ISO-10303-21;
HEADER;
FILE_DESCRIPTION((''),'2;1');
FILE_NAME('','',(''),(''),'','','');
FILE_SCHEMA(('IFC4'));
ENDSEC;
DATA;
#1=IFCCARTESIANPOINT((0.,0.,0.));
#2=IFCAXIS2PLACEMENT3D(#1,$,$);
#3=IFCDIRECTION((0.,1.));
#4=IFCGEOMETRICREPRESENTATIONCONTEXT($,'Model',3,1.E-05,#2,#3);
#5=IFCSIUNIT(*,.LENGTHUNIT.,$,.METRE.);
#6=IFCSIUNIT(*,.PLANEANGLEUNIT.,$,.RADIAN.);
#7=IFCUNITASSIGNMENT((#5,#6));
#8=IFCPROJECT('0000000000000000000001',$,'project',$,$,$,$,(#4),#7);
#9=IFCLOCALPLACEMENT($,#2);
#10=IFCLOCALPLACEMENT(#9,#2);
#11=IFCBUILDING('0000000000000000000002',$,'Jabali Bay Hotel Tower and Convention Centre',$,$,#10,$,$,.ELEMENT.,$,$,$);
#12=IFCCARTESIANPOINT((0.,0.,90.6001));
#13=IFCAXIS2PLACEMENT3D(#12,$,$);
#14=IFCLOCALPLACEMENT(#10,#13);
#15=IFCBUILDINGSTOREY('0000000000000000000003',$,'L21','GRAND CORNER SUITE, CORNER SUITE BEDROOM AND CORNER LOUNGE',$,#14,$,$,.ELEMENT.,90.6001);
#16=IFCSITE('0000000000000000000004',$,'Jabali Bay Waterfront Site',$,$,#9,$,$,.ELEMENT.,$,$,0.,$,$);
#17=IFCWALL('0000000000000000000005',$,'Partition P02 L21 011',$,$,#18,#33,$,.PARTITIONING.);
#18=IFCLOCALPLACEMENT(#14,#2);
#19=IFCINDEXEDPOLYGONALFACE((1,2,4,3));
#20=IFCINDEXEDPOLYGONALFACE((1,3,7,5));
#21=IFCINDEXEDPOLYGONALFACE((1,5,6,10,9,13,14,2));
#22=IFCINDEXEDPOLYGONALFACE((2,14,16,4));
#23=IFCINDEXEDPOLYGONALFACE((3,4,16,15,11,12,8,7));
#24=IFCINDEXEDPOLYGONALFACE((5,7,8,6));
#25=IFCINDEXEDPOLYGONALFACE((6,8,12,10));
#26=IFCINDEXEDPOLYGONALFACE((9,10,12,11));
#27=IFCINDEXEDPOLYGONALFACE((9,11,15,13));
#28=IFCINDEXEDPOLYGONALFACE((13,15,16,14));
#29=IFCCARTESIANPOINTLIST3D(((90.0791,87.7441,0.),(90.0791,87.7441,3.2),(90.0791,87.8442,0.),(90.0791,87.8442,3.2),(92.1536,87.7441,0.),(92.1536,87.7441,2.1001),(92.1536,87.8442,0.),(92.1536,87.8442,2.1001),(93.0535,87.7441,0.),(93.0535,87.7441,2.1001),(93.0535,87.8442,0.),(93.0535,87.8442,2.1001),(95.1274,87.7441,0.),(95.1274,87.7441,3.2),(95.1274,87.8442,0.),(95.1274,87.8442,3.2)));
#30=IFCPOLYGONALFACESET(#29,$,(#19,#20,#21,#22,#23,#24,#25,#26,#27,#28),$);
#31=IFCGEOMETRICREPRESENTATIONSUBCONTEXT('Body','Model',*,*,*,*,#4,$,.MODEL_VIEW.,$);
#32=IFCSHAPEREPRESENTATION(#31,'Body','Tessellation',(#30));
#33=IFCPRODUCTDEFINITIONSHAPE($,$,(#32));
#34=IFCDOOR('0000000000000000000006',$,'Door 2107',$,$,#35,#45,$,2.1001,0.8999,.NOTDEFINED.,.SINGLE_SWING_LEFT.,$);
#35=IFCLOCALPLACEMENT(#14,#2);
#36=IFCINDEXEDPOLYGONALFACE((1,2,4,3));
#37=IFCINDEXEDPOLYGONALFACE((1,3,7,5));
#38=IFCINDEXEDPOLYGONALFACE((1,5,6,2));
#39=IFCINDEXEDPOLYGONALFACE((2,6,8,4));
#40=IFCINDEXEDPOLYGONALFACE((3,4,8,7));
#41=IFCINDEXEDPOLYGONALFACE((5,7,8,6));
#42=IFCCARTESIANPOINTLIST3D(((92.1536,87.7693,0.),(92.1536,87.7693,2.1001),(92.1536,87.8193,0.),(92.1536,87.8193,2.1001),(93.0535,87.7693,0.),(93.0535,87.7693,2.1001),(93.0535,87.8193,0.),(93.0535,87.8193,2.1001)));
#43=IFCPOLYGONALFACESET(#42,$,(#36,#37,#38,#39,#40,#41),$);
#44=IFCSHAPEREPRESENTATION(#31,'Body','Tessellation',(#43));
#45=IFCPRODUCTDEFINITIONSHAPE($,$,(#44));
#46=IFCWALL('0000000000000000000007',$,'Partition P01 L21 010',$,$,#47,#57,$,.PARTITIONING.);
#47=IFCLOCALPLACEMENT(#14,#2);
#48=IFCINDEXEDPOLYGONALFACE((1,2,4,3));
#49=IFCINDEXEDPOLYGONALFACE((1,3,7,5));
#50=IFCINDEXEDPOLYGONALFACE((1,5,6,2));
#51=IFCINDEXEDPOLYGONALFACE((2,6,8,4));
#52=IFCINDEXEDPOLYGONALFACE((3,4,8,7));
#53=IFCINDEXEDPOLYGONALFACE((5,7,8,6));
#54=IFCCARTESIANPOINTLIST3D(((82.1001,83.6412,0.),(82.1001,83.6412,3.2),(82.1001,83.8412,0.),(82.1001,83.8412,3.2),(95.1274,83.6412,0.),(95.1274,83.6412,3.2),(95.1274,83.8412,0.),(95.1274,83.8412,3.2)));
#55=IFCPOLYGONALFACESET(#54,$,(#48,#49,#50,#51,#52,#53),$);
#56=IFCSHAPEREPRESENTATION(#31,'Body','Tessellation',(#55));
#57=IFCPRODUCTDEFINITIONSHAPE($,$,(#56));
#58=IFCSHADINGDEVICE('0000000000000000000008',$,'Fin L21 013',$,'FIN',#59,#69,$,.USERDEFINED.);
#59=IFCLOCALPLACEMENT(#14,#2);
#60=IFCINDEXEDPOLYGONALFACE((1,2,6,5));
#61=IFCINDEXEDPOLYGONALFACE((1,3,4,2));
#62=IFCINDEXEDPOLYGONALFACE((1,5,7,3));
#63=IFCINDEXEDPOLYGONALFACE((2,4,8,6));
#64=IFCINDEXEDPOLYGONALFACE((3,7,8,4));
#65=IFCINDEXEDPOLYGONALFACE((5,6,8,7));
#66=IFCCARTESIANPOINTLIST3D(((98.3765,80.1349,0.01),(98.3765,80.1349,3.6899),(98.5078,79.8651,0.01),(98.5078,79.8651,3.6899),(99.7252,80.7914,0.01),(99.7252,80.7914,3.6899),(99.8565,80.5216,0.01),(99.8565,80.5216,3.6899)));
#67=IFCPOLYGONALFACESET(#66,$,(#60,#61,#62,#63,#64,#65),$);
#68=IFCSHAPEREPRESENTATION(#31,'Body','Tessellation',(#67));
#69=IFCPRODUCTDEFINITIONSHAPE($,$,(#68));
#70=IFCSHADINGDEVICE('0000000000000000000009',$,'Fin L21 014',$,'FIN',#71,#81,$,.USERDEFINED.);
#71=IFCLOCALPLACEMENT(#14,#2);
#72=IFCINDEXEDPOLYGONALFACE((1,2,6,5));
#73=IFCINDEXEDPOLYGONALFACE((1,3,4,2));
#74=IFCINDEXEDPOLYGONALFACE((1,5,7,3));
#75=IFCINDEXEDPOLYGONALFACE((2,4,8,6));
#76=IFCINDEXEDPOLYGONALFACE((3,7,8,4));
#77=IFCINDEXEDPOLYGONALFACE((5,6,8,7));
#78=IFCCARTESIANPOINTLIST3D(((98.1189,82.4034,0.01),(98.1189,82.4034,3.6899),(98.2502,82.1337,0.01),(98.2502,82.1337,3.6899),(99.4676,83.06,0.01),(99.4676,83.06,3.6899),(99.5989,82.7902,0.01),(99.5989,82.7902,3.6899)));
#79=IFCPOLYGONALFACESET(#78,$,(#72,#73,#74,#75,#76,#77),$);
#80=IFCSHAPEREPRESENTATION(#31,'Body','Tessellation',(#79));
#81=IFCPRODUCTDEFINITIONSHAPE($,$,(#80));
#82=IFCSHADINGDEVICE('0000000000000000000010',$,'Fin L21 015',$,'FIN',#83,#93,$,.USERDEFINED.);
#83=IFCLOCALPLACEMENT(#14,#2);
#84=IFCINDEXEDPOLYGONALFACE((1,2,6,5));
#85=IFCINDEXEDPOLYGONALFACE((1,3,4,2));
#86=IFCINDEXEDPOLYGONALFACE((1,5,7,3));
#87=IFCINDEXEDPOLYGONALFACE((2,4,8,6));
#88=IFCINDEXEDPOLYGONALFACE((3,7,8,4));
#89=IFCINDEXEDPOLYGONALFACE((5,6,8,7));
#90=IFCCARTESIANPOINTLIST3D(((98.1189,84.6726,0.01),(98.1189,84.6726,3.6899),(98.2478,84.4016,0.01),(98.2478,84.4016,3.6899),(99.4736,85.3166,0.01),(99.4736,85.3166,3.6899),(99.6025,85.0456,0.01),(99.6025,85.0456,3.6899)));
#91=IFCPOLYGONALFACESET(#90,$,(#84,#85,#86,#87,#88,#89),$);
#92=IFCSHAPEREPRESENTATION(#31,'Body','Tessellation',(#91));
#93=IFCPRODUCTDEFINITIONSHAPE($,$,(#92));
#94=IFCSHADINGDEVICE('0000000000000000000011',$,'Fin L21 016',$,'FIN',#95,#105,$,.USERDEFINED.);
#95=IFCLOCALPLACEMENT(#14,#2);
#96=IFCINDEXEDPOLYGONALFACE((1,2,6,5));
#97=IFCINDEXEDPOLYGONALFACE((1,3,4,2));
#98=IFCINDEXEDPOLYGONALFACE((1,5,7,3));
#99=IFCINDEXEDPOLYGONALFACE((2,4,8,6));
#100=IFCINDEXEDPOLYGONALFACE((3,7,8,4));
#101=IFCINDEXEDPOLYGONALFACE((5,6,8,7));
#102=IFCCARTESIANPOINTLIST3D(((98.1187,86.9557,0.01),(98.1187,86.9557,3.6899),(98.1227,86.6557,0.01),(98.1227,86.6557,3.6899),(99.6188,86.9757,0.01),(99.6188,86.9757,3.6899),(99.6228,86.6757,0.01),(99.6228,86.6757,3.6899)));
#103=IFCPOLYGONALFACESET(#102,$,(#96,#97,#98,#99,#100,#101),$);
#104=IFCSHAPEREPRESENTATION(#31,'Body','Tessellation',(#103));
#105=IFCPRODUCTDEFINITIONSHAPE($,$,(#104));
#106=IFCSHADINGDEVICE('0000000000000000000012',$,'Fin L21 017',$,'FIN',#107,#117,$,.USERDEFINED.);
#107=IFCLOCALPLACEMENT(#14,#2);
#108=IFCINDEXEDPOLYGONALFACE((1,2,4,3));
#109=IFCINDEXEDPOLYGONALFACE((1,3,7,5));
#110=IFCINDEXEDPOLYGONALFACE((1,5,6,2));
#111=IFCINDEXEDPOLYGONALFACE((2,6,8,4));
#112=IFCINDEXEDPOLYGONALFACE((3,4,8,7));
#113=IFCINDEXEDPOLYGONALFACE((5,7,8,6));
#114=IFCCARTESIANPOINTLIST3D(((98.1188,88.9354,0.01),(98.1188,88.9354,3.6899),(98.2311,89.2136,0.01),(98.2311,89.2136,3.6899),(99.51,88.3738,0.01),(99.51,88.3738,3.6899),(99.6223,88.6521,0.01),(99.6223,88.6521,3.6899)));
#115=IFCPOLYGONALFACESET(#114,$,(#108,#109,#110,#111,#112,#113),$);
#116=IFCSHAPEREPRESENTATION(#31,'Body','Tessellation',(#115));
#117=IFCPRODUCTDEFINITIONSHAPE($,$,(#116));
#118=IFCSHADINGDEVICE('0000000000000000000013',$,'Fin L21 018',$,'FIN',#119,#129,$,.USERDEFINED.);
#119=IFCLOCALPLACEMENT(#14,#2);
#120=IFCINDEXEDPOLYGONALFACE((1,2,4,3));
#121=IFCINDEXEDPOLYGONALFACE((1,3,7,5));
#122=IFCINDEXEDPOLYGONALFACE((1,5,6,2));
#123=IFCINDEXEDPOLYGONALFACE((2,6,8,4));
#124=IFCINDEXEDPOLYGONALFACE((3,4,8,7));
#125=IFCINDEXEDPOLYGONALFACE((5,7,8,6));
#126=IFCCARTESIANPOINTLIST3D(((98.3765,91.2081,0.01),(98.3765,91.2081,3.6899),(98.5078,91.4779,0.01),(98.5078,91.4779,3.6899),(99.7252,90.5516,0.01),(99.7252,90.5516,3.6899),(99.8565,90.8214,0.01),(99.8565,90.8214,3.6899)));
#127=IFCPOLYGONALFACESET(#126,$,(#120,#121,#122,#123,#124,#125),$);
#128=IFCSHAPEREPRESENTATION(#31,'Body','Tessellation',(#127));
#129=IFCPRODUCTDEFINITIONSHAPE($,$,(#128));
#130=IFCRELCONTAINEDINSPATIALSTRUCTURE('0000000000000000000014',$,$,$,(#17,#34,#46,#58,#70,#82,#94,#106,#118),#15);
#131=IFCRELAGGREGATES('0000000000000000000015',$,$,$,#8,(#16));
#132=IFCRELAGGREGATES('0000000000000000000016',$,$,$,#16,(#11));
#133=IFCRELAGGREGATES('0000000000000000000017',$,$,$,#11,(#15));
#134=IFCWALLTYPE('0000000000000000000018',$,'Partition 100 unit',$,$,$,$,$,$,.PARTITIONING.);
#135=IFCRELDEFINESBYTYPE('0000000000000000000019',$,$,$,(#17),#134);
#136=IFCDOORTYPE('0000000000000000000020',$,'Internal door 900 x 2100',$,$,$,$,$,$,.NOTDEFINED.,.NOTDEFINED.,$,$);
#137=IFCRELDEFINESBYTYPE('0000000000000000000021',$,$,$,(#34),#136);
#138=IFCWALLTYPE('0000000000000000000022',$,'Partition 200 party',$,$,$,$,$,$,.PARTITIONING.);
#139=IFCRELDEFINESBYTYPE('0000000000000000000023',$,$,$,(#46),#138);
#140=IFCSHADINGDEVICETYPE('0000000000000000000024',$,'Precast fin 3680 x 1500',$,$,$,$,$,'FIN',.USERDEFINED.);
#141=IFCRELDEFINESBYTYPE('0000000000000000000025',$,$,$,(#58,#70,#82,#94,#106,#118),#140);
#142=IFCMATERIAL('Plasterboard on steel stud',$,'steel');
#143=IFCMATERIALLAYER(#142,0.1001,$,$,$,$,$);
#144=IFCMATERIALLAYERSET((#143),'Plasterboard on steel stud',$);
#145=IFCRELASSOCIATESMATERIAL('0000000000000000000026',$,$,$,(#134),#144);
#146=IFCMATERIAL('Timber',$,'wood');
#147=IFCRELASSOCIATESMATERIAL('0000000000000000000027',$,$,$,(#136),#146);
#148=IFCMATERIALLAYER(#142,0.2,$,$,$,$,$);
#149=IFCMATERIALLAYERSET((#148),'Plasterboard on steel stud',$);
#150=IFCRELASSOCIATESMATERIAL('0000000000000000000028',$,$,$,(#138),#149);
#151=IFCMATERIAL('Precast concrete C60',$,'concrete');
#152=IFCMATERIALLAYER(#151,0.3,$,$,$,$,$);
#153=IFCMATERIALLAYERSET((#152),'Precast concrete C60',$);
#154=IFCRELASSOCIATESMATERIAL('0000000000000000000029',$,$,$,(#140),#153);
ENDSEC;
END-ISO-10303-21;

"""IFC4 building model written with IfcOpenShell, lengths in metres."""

from ifc_helpers import new_model, si_unit, direction, frame, frame_2d, origin, place, context, subcontext, project, spatial, rectangle, extrude, material, layer, layer_set, type_object, element, fill, save


model = new_model("IFC4")

# Units and contexts
model_context = context("Model", 3, precision=1e-05, world=origin(), true_north=direction((0.0, 1.0)))
body_context = subcontext(model_context, "Body", "Model", "MODEL_VIEW")
ifc_project = project(units=[si_unit("LENGTHUNIT", "METRE"), si_unit("PLANEANGLEUNIT", "RADIAN")], contexts=[model_context])

# Site, building, storey
site_placement = place(None, origin())
site = spatial("IfcSite", under=ifc_project, at=site_placement, Name="Jabali Bay Waterfront Site", CompositionType="ELEMENT", RefElevation=0.0)
building_placement = place(site_placement, origin())
building = spatial("IfcBuilding", under=site, at=building_placement, Name="Jabali Bay Hotel Tower and Convention Centre", CompositionType="ELEMENT")
storey_placement = place(building_placement, frame((0.0, 0.0, 90.6001)))
storey = spatial("IfcBuildingStorey", under=building, at=storey_placement, Name="L21", Description="GRAND CORNER SUITE, CORNER SUITE BEDROOM AND CORNER LOUNGE", CompositionType="ELEMENT", Elevation=90.6001)

# Wall, opening, door
ifc_material_1 = material(Name="Plasterboard on steel stud", Category="steel")
ifc_layer_1 = layer(ifc_material_1, 0.1001)
ifc_layer_set_1 = layer_set([ifc_layer_1], Name="Plasterboard on steel stud")
wall_type_1 = type_object("IfcWallType", Name="Partition 100 unit", PredefinedType="PARTITIONING", material=ifc_layer_set_1)
wall_1_placement = place(storey_placement, frame((95.1274, 87.7942, 0.0), z_axis=(0.0, 0.0, 1.0), x_axis=(-1.0, 0.0, 0.0)))
wall_1 = element("IfcWall", 1, at=wall_1_placement, inside=storey, type_object=wall_type_1, Name="Partition P02 L21 011", PredefinedType="PARTITIONING", context=body_context, shape_type="SweptSolid", body=[
    extrude(rectangle(XDim=5.0483, YDim=0.1001, at=frame_2d((2.5242, 0.0))), origin(), (0.0, 0.0, 1.0), 3.2),
])
opening_1_placement = place(wall_1_placement, frame((2.074, 0.0, 0.0)))
opening_1 = element("IfcOpeningElement", 2, at=opening_1_placement, cuts=wall_1, PredefinedType="OPENING", context=body_context, shape_type="SweptSolid", body=[
    extrude(rectangle(XDim=0.8999, YDim=2.1001, at=frame_2d((0.45, 1.05))), frame((0.0, 0.0605, 0.0), z_axis=(0.0, -1.0, 0.0), x_axis=(1.0, 0.0, 0.0)), (0.0, 0.0, 1.0), 0.1211),
])
ifc_material_2 = material(Name="Timber", Category="wood")
door_type_1 = type_object("IfcDoorType", Name="Internal door 900 x 2100", OperationType="NOTDEFINED", PredefinedType="NOTDEFINED", material=ifc_material_2)
door_1_placement = place(opening_1_placement, origin())
door_1 = element("IfcDoor", 3, at=door_1_placement, inside=storey, type_object=door_type_1, Name="Door 2107", OperationType="SINGLE_SWING_LEFT", OverallHeight=2.1001, OverallWidth=0.8999, PredefinedType="NOTDEFINED", context=body_context, shape_type="SweptSolid", body=[
    extrude(rectangle(XDim=0.8999, YDim=2.1001, at=frame_2d((0.45, 1.05))), frame((0.0, 0.0249, 0.0), z_axis=(0.0, -1.0, 0.0), x_axis=(1.0, 0.0, 0.0)), (0.0, 0.0, 1.0), 0.05),
])
fill(opening_1, door_1)

# Wall
ifc_layer_2 = layer(ifc_material_1, 0.2)
ifc_layer_set_2 = layer_set([ifc_layer_2], Name="Plasterboard on steel stud")
wall_type_2 = type_object("IfcWallType", Name="Partition 200 party", PredefinedType="PARTITIONING", material=ifc_layer_set_2)
wall_2_placement = place(storey_placement, frame((95.1274, 83.7412, 0.0), z_axis=(0.0, 0.0, 1.0), x_axis=(-1.0, 0.0, 0.0)))
element("IfcWall", 4, at=wall_2_placement, inside=storey, type_object=wall_type_2, Name="Partition P01 L21 010", PredefinedType="PARTITIONING", context=body_context, shape_type="SweptSolid", body=[
    extrude(rectangle(XDim=13.0273, YDim=0.2, at=frame_2d((6.5137, 0.0))), origin(), (0.0, 0.0, 1.0), 3.2),
])

# Shading devices
ifc_material_3 = material(Name="Precast concrete C60", Category="concrete")
ifc_layer_3 = layer(ifc_material_3, 0.3)
ifc_layer_set_3 = layer_set([ifc_layer_3], Name="Precast concrete C60")
shading_device_type = type_object("IfcShadingDeviceType", Name="Precast fin 3680 x 1500", ElementType="FIN", PredefinedType="USERDEFINED", material=ifc_layer_set_3)
for number, where, z_axis, x_axis, name in (
    (5, (98.4421, 80.0, 0.01), (0.0, 0.0, 1.0), (0.899129, 0.437683, 0.0), "Fin L21 013"),
    (6, (98.1846, 82.2686, 0.01), (0.0, 0.0, 1.0), (0.899129, 0.437683, 0.0), "Fin L21 014"),
    (7, (98.1833, 84.5371, 0.01), (0.0, 0.0, 1.0), (0.903137, 0.429352, 0.0), "Fin L21 015"),
):
    element("IfcShadingDevice", number, at=place(storey_placement, frame(where, z_axis=z_axis, x_axis=x_axis)), inside=storey, type_object=shading_device_type, Name=name, ObjectType="FIN", PredefinedType="USERDEFINED", context=body_context, shape_type="SweptSolid", body=[
        extrude(rectangle(XDim=1.5, YDim=0.3, at=frame_2d((0.75, 0.0))), origin(), (0.0, 0.0, 1.0), 3.6799),
    ])
for number, where, z_axis, x_axis, name in (
    (8, (98.1208, 86.8057, 0.01), (0.0, 0.0, 1.0), (0.999911, 0.013345, 0.0), "Fin L21 016"),
    (9, (98.175, 89.0745, 0.01), (0.0, 0.0, 1.0), (0.927305, -0.374307, 0.0), "Fin L21 017"),
):
    element("IfcShadingDevice", number, at=place(storey_placement, frame(where, z_axis=z_axis, x_axis=x_axis)), inside=storey, type_object=shading_device_type, Name=name, ObjectType="FIN", PredefinedType="USERDEFINED", context=body_context, shape_type="SweptSolid", body=[
        extrude(rectangle(XDim=1.5002, YDim=0.3, at=frame_2d((0.75, 0.0))), origin(), (0.0, 0.0, 1.0), 3.6799),
    ])
shading_device_placement = place(storey_placement, frame((98.4421, 91.343, 0.01), z_axis=(0.0, 0.0, 1.0), x_axis=(0.899129, -0.437683, 0.0)))
element("IfcShadingDevice", 10, at=shading_device_placement, inside=storey, type_object=shading_device_type, Name="Fin L21 018", ObjectType="FIN", PredefinedType="USERDEFINED", context=body_context, shape_type="SweptSolid", body=[
    extrude(rectangle(XDim=1.5, YDim=0.3, at=frame_2d((0.75, 0.0))), origin(), (0.0, 0.0, 1.0), 3.6799),
])

save(model, "model.ifc")
